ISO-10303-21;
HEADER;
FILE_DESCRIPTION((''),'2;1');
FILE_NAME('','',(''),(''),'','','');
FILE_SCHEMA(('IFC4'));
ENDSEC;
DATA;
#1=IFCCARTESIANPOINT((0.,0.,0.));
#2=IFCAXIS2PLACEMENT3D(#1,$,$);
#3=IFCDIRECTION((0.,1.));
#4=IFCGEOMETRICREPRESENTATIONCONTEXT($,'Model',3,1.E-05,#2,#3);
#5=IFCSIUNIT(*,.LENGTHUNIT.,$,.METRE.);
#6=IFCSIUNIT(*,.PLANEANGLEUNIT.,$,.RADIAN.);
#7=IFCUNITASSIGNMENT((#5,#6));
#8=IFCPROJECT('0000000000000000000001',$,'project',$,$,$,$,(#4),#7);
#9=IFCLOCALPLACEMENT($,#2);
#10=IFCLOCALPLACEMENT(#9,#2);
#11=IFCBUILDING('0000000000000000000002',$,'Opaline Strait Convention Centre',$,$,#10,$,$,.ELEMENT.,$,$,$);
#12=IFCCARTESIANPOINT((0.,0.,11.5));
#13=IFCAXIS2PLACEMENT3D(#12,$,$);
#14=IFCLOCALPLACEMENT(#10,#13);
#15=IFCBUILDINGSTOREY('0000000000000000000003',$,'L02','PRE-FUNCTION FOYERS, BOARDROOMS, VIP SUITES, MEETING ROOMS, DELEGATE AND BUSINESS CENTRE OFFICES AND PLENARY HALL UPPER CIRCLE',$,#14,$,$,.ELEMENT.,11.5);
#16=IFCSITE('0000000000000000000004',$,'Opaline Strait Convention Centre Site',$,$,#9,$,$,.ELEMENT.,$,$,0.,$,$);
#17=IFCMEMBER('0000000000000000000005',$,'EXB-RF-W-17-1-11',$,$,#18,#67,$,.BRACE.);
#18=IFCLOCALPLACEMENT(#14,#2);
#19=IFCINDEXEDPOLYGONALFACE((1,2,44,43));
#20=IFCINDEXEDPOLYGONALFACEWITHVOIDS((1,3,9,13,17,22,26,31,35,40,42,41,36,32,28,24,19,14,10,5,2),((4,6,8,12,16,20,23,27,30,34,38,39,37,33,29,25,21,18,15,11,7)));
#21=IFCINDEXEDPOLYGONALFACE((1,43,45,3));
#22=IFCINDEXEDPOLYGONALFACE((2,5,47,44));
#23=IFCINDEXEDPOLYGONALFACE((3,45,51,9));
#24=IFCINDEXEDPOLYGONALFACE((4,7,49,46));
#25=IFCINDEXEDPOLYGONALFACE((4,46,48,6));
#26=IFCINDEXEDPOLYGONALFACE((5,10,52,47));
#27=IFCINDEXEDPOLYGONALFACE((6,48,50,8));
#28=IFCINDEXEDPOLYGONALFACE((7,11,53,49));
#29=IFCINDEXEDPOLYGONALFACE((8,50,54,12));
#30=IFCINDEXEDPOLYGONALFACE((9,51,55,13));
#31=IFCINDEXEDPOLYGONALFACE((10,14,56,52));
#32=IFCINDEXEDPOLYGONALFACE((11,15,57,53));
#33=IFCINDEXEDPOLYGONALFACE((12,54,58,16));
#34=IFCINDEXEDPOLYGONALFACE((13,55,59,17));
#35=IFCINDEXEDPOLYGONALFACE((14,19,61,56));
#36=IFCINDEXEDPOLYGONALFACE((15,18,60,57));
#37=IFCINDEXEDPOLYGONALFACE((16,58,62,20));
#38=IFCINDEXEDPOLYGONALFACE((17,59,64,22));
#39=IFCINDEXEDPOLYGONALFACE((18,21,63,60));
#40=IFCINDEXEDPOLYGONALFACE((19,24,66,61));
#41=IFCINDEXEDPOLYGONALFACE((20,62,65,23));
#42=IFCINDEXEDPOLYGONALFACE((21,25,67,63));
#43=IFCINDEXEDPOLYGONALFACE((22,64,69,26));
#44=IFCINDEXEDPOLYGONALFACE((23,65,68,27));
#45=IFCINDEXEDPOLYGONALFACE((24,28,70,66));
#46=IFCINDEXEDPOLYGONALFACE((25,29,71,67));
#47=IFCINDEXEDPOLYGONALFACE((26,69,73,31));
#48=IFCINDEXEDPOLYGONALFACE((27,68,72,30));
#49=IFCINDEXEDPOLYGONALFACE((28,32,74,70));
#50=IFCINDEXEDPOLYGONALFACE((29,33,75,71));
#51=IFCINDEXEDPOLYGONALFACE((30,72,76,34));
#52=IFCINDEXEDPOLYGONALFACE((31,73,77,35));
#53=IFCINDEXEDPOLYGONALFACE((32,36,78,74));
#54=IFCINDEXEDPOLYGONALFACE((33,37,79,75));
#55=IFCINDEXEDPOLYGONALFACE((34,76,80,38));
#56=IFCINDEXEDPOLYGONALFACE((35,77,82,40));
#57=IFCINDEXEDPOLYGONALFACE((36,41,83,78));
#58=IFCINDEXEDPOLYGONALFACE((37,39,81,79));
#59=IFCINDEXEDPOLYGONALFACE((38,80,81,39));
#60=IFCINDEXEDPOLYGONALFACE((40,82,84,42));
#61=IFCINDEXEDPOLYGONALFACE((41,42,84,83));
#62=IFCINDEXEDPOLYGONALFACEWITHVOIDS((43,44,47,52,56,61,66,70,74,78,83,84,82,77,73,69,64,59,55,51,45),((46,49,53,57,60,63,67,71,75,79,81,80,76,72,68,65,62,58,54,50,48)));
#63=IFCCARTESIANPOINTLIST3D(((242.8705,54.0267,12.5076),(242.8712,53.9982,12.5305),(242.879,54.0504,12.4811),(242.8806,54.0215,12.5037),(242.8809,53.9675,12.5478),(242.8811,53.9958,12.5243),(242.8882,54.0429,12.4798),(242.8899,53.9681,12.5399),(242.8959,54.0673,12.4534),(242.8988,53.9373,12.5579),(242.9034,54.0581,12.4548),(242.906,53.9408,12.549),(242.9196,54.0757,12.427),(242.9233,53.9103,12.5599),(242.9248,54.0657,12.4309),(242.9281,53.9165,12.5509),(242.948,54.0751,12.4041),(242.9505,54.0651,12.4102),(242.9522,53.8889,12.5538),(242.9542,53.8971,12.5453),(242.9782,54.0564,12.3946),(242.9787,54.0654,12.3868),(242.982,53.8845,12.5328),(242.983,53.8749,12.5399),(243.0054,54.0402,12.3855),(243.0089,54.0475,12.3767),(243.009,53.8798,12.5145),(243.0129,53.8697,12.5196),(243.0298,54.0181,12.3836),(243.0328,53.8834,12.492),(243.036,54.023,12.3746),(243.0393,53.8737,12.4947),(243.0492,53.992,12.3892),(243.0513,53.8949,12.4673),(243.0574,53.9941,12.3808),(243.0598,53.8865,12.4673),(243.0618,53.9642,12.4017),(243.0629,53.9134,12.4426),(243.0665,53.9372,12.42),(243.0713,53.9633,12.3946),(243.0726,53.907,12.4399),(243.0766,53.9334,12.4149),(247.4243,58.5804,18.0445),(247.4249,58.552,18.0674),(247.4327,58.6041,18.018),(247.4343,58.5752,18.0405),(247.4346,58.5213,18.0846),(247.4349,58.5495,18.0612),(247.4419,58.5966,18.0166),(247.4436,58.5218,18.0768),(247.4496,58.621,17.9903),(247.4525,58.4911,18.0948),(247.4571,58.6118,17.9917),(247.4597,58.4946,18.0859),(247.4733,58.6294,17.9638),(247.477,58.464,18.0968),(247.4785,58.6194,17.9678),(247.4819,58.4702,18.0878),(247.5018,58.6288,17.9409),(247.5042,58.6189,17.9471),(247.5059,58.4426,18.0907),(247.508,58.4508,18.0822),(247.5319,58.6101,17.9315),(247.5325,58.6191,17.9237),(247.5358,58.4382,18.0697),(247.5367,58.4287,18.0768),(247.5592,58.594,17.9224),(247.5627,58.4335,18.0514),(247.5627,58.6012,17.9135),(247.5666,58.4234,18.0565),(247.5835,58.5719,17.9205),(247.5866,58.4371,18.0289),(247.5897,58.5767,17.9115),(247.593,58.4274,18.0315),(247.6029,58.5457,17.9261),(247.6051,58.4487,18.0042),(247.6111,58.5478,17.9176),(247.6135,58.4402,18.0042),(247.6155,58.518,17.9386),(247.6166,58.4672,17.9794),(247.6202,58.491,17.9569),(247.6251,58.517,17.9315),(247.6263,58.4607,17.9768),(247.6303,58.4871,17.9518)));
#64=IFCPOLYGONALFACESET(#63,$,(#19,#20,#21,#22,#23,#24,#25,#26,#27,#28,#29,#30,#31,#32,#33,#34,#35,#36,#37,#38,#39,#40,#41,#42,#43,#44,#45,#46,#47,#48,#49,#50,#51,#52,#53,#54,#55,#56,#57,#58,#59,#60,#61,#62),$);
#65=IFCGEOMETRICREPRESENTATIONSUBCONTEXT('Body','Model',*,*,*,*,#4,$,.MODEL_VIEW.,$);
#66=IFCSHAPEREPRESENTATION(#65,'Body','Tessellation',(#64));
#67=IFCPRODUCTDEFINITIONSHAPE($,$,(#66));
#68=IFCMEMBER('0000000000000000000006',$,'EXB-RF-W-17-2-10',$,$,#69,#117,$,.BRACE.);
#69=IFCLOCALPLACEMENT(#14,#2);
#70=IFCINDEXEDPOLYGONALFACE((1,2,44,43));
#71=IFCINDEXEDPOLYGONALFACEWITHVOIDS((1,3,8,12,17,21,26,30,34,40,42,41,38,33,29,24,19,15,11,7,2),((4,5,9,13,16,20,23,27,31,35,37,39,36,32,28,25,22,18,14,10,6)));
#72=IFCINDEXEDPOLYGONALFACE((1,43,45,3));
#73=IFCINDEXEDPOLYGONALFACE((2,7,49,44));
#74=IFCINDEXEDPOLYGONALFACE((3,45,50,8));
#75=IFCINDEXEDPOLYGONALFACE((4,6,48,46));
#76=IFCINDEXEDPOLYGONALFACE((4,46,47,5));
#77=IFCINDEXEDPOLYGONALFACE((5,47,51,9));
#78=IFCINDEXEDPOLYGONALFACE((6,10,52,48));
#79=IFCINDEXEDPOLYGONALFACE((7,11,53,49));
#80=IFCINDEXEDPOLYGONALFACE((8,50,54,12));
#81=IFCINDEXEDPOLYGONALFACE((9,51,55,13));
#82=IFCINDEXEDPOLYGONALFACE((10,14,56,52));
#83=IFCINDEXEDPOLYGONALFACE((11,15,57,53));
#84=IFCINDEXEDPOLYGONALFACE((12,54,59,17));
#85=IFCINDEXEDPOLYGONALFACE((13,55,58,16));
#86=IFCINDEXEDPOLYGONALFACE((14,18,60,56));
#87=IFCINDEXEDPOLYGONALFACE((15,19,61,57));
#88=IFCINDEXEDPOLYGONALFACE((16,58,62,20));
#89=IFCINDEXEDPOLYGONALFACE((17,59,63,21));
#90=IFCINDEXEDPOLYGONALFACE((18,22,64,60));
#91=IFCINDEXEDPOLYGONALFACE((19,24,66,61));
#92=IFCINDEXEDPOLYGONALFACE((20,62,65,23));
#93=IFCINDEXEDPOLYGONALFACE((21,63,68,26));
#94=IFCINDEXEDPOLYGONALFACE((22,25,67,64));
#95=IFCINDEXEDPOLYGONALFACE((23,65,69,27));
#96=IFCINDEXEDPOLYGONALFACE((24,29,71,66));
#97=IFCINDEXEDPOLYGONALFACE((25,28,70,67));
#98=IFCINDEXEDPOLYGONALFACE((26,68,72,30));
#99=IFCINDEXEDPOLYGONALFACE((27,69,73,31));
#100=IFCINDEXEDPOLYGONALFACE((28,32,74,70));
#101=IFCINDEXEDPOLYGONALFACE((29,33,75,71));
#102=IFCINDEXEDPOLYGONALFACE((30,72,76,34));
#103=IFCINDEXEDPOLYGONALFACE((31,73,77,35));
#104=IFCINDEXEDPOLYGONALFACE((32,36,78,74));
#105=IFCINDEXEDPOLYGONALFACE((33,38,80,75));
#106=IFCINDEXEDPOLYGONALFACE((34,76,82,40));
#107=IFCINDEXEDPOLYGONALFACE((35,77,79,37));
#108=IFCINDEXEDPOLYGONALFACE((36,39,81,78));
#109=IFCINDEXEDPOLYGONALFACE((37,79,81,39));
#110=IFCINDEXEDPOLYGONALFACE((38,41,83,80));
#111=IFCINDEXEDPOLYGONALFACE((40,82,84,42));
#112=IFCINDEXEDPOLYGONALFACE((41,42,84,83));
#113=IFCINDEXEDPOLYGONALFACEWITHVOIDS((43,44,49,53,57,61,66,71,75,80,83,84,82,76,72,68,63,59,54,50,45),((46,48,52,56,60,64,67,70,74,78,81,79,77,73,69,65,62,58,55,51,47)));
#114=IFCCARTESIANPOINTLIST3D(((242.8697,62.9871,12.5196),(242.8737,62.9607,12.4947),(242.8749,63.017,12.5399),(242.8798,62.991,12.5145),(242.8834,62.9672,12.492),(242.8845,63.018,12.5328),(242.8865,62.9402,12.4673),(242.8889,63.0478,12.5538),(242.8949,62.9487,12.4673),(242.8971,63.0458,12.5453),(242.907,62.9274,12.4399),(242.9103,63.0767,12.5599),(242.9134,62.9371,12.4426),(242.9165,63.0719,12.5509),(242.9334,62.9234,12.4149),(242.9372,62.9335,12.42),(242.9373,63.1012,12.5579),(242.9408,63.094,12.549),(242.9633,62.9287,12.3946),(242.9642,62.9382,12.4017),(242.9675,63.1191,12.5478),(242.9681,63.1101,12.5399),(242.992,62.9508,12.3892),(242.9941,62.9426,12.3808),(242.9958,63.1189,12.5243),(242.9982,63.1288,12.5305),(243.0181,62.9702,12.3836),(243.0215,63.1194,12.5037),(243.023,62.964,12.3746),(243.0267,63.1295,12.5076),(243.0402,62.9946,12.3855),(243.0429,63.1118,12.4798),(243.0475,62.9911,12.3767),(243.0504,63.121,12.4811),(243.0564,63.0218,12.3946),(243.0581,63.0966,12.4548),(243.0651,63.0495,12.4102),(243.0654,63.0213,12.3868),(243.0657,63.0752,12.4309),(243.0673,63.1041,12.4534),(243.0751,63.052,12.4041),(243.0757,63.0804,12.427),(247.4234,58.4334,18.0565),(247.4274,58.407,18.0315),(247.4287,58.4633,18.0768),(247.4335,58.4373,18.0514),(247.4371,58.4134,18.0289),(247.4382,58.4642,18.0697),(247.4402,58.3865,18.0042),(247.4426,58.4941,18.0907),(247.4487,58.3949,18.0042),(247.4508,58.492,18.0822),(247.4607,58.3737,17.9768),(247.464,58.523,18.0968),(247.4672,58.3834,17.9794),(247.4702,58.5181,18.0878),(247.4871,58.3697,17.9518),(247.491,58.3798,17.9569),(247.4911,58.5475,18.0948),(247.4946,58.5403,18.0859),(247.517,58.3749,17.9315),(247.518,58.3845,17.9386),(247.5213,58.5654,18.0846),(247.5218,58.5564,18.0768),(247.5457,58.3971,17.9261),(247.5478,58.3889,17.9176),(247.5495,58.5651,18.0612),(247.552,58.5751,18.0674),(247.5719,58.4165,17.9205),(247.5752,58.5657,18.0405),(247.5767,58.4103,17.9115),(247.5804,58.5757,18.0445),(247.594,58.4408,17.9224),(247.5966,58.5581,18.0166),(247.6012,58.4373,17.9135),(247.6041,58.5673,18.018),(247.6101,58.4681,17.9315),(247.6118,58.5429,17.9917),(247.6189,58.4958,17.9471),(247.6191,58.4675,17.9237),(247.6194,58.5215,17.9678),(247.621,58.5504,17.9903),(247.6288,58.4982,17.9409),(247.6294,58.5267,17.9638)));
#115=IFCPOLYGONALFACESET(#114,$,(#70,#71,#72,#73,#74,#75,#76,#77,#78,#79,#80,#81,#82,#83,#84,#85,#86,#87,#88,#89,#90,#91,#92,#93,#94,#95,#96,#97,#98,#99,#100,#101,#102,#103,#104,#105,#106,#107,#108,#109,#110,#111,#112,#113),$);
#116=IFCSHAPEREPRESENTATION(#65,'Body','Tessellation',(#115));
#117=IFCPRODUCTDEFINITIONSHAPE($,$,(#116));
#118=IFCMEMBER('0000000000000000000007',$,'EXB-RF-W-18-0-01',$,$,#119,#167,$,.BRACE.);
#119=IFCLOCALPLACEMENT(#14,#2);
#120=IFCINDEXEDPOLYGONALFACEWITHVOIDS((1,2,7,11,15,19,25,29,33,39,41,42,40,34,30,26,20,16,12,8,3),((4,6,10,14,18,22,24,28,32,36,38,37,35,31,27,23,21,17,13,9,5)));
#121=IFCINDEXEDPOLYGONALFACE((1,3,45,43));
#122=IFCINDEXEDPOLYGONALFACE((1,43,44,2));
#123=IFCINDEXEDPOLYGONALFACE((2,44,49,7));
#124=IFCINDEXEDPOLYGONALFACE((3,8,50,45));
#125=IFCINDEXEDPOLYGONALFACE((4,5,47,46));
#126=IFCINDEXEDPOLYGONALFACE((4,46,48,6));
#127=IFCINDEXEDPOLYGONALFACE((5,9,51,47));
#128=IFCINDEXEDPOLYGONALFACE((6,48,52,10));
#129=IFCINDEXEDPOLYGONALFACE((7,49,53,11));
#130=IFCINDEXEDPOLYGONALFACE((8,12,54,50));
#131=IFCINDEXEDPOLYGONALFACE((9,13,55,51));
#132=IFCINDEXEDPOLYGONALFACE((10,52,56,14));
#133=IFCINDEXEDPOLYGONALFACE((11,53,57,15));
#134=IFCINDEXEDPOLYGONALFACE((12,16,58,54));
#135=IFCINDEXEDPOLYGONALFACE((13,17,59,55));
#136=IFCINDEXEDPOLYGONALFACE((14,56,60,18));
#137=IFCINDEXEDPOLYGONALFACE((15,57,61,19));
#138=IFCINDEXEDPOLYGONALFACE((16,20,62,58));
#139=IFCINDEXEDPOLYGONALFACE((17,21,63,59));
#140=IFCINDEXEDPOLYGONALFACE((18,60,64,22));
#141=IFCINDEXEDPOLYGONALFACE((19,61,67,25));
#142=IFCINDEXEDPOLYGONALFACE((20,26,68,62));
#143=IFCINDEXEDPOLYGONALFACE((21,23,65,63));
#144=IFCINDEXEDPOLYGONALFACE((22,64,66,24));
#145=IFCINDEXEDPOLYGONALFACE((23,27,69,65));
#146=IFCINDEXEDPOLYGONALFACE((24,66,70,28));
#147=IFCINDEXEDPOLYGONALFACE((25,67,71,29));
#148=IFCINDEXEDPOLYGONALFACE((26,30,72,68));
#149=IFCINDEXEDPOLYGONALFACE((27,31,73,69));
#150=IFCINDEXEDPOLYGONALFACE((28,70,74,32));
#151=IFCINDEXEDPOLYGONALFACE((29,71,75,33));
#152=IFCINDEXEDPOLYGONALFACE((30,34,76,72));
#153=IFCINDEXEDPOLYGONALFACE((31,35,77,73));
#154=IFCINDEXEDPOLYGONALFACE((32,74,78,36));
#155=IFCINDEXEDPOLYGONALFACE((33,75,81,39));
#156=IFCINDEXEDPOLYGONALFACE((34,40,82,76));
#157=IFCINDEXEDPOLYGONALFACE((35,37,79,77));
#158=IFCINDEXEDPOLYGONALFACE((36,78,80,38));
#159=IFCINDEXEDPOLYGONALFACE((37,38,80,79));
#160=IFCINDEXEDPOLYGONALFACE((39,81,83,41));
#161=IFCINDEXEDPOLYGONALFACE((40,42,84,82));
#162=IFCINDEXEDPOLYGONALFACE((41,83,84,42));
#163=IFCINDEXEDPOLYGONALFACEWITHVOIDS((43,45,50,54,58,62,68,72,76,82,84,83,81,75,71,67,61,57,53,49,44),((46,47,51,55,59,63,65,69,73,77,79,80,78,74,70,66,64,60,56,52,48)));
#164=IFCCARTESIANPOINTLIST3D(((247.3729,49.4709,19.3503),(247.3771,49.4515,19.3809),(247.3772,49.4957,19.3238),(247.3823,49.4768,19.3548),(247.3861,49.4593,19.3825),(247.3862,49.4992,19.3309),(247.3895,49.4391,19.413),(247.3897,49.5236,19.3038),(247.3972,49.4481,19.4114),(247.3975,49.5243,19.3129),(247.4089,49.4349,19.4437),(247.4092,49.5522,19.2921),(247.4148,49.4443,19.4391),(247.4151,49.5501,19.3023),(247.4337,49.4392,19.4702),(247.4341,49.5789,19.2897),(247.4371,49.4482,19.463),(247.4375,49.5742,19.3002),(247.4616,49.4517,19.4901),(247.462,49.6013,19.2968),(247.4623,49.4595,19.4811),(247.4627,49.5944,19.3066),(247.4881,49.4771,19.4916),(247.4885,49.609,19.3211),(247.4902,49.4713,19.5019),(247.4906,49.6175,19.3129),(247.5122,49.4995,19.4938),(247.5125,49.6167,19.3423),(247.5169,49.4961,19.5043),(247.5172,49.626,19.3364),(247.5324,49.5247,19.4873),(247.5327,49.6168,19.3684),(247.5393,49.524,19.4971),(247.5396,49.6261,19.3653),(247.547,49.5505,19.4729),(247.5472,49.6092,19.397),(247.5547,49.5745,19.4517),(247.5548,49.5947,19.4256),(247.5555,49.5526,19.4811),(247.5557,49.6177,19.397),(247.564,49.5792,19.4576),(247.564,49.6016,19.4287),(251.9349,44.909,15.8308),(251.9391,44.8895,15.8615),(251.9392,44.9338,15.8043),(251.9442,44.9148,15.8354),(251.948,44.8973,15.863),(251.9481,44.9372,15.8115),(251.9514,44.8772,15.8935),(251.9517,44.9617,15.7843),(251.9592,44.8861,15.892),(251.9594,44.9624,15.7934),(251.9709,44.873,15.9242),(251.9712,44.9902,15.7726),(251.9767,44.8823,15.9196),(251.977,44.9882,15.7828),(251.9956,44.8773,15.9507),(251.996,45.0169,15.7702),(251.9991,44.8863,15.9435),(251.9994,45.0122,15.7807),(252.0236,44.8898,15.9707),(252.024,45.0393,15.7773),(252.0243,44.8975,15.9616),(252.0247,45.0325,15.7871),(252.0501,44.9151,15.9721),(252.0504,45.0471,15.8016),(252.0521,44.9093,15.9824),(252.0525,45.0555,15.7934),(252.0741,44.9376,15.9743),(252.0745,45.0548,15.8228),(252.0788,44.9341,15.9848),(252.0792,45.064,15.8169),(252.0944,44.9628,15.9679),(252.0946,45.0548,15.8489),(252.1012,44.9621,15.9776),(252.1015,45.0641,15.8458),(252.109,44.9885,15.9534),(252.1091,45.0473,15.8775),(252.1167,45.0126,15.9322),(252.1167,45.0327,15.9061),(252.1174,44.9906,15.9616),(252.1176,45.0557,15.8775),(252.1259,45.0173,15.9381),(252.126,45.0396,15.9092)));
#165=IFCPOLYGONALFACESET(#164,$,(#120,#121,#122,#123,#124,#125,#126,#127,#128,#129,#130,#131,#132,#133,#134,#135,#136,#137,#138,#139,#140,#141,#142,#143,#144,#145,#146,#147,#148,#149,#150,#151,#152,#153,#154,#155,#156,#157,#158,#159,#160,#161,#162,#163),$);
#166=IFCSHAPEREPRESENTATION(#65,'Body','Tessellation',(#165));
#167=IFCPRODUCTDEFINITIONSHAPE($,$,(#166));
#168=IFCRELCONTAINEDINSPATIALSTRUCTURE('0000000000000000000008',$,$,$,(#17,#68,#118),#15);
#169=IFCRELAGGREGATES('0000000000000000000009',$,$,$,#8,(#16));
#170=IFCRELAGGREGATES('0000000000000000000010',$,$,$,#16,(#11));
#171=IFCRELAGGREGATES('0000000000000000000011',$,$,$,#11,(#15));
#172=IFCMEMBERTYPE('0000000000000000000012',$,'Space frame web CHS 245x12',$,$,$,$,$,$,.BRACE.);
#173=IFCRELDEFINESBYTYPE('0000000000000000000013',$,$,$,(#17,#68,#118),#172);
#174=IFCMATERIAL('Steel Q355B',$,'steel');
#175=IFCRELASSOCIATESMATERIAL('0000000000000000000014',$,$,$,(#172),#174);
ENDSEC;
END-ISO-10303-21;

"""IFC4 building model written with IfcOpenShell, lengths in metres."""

from ifc_helpers import new_model, si_unit, direction, frame, origin, origin_2d, place, context, subcontext, project, spatial, hollow_circle, extrude, material, material_profile, profile_set, type_object, element, save


model = new_model("IFC4")

# Units and contexts
model_context = context("Model", 3, precision=1e-05, world=origin(), true_north=direction((0.0, 1.0)))
body_context = subcontext(model_context, "Body", "Model", "MODEL_VIEW")
ifc_project = project(units=[si_unit("LENGTHUNIT", "METRE"), si_unit("PLANEANGLEUNIT", "RADIAN")], contexts=[model_context])

# Site, building, storey
site_placement = place(None, origin())
site = spatial("IfcSite", under=ifc_project, at=site_placement, Name="Opaline Strait Convention Centre Site", CompositionType="ELEMENT", RefElevation=0.0)
building_placement = place(site_placement, origin())
building = spatial("IfcBuilding", under=site, at=building_placement, Name="Opaline Strait Convention Centre", CompositionType="ELEMENT")
storey_placement = place(building_placement, frame((0.0, 0.0, 11.5)))
storey = spatial("IfcBuildingStorey", under=building, at=storey_placement, Name="L02", Description="PRE-FUNCTION FOYERS, BOARDROOMS, VIP SUITES, MEETING ROOMS, DELEGATE AND BUSINESS CENTRE OFFICES AND PLENARY HALL UPPER CIRCLE", CompositionType="ELEMENT", Elevation=11.5)

# Members
ifc_material_1 = material(Name="Steel Q355B", Category="steel")
ifc_material_profile_1 = material_profile(ifc_material_1, hollow_circle(Radius=0.1226, WallThickness=0.012, at=origin_2d()), Name="CHS 245x12")
ifc_profile_set_1 = profile_set([ifc_material_profile_1], Name="Steel Q355B")
member_type_1 = type_object("IfcMemberType", Name="Space frame web CHS 245x12", PredefinedType="BRACE", material=ifc_profile_set_1)
for number, where, z_axis, x_axis, name in (
    (1, (247.5269, 58.5269, 18.0042), (-0.536178, -0.536178, -0.65194), (0.707107, -0.707107, 0.0), "EXB-RF-W-17-1-11"),
    (2, (247.5269, 58.4731, 18.0042), (-0.536178, 0.536178, -0.65194), (-0.707107, -0.707107, 0.0), "EXB-RF-W-17-2-10"),
):
    element("IfcMember", number, at=place(storey_placement, frame(where, z_axis=z_axis, x_axis=x_axis)), inside=storey, type_object=member_type_1, Name=name, PredefinedType="BRACE", context=body_context, shape_type="SweptSolid", body=[
        extrude(hollow_circle(Radius=0.1226, WallThickness=0.012, at=origin_2d()), origin(), (0.0, 0.0, 1.0), 8.4929),
    ])
member_1_placement = place(storey_placement, frame((247.469, 49.531, 19.397), z_axis=(0.620748, -0.620748, -0.478899), x_axis=(0.707107, 0.707107, 0.0)))
element("IfcMember", 3, at=member_1_placement, inside=storey, type_object=member_type_1, Name="EXB-RF-W-18-0-01", PredefinedType="BRACE", context=body_context, shape_type="SweptSolid", body=[
    extrude(hollow_circle(Radius=0.1226, WallThickness=0.012, at=origin_2d()), origin(), (0.0, 0.0, 1.0), 7.3491),
])

save(model, "model.ifc")
